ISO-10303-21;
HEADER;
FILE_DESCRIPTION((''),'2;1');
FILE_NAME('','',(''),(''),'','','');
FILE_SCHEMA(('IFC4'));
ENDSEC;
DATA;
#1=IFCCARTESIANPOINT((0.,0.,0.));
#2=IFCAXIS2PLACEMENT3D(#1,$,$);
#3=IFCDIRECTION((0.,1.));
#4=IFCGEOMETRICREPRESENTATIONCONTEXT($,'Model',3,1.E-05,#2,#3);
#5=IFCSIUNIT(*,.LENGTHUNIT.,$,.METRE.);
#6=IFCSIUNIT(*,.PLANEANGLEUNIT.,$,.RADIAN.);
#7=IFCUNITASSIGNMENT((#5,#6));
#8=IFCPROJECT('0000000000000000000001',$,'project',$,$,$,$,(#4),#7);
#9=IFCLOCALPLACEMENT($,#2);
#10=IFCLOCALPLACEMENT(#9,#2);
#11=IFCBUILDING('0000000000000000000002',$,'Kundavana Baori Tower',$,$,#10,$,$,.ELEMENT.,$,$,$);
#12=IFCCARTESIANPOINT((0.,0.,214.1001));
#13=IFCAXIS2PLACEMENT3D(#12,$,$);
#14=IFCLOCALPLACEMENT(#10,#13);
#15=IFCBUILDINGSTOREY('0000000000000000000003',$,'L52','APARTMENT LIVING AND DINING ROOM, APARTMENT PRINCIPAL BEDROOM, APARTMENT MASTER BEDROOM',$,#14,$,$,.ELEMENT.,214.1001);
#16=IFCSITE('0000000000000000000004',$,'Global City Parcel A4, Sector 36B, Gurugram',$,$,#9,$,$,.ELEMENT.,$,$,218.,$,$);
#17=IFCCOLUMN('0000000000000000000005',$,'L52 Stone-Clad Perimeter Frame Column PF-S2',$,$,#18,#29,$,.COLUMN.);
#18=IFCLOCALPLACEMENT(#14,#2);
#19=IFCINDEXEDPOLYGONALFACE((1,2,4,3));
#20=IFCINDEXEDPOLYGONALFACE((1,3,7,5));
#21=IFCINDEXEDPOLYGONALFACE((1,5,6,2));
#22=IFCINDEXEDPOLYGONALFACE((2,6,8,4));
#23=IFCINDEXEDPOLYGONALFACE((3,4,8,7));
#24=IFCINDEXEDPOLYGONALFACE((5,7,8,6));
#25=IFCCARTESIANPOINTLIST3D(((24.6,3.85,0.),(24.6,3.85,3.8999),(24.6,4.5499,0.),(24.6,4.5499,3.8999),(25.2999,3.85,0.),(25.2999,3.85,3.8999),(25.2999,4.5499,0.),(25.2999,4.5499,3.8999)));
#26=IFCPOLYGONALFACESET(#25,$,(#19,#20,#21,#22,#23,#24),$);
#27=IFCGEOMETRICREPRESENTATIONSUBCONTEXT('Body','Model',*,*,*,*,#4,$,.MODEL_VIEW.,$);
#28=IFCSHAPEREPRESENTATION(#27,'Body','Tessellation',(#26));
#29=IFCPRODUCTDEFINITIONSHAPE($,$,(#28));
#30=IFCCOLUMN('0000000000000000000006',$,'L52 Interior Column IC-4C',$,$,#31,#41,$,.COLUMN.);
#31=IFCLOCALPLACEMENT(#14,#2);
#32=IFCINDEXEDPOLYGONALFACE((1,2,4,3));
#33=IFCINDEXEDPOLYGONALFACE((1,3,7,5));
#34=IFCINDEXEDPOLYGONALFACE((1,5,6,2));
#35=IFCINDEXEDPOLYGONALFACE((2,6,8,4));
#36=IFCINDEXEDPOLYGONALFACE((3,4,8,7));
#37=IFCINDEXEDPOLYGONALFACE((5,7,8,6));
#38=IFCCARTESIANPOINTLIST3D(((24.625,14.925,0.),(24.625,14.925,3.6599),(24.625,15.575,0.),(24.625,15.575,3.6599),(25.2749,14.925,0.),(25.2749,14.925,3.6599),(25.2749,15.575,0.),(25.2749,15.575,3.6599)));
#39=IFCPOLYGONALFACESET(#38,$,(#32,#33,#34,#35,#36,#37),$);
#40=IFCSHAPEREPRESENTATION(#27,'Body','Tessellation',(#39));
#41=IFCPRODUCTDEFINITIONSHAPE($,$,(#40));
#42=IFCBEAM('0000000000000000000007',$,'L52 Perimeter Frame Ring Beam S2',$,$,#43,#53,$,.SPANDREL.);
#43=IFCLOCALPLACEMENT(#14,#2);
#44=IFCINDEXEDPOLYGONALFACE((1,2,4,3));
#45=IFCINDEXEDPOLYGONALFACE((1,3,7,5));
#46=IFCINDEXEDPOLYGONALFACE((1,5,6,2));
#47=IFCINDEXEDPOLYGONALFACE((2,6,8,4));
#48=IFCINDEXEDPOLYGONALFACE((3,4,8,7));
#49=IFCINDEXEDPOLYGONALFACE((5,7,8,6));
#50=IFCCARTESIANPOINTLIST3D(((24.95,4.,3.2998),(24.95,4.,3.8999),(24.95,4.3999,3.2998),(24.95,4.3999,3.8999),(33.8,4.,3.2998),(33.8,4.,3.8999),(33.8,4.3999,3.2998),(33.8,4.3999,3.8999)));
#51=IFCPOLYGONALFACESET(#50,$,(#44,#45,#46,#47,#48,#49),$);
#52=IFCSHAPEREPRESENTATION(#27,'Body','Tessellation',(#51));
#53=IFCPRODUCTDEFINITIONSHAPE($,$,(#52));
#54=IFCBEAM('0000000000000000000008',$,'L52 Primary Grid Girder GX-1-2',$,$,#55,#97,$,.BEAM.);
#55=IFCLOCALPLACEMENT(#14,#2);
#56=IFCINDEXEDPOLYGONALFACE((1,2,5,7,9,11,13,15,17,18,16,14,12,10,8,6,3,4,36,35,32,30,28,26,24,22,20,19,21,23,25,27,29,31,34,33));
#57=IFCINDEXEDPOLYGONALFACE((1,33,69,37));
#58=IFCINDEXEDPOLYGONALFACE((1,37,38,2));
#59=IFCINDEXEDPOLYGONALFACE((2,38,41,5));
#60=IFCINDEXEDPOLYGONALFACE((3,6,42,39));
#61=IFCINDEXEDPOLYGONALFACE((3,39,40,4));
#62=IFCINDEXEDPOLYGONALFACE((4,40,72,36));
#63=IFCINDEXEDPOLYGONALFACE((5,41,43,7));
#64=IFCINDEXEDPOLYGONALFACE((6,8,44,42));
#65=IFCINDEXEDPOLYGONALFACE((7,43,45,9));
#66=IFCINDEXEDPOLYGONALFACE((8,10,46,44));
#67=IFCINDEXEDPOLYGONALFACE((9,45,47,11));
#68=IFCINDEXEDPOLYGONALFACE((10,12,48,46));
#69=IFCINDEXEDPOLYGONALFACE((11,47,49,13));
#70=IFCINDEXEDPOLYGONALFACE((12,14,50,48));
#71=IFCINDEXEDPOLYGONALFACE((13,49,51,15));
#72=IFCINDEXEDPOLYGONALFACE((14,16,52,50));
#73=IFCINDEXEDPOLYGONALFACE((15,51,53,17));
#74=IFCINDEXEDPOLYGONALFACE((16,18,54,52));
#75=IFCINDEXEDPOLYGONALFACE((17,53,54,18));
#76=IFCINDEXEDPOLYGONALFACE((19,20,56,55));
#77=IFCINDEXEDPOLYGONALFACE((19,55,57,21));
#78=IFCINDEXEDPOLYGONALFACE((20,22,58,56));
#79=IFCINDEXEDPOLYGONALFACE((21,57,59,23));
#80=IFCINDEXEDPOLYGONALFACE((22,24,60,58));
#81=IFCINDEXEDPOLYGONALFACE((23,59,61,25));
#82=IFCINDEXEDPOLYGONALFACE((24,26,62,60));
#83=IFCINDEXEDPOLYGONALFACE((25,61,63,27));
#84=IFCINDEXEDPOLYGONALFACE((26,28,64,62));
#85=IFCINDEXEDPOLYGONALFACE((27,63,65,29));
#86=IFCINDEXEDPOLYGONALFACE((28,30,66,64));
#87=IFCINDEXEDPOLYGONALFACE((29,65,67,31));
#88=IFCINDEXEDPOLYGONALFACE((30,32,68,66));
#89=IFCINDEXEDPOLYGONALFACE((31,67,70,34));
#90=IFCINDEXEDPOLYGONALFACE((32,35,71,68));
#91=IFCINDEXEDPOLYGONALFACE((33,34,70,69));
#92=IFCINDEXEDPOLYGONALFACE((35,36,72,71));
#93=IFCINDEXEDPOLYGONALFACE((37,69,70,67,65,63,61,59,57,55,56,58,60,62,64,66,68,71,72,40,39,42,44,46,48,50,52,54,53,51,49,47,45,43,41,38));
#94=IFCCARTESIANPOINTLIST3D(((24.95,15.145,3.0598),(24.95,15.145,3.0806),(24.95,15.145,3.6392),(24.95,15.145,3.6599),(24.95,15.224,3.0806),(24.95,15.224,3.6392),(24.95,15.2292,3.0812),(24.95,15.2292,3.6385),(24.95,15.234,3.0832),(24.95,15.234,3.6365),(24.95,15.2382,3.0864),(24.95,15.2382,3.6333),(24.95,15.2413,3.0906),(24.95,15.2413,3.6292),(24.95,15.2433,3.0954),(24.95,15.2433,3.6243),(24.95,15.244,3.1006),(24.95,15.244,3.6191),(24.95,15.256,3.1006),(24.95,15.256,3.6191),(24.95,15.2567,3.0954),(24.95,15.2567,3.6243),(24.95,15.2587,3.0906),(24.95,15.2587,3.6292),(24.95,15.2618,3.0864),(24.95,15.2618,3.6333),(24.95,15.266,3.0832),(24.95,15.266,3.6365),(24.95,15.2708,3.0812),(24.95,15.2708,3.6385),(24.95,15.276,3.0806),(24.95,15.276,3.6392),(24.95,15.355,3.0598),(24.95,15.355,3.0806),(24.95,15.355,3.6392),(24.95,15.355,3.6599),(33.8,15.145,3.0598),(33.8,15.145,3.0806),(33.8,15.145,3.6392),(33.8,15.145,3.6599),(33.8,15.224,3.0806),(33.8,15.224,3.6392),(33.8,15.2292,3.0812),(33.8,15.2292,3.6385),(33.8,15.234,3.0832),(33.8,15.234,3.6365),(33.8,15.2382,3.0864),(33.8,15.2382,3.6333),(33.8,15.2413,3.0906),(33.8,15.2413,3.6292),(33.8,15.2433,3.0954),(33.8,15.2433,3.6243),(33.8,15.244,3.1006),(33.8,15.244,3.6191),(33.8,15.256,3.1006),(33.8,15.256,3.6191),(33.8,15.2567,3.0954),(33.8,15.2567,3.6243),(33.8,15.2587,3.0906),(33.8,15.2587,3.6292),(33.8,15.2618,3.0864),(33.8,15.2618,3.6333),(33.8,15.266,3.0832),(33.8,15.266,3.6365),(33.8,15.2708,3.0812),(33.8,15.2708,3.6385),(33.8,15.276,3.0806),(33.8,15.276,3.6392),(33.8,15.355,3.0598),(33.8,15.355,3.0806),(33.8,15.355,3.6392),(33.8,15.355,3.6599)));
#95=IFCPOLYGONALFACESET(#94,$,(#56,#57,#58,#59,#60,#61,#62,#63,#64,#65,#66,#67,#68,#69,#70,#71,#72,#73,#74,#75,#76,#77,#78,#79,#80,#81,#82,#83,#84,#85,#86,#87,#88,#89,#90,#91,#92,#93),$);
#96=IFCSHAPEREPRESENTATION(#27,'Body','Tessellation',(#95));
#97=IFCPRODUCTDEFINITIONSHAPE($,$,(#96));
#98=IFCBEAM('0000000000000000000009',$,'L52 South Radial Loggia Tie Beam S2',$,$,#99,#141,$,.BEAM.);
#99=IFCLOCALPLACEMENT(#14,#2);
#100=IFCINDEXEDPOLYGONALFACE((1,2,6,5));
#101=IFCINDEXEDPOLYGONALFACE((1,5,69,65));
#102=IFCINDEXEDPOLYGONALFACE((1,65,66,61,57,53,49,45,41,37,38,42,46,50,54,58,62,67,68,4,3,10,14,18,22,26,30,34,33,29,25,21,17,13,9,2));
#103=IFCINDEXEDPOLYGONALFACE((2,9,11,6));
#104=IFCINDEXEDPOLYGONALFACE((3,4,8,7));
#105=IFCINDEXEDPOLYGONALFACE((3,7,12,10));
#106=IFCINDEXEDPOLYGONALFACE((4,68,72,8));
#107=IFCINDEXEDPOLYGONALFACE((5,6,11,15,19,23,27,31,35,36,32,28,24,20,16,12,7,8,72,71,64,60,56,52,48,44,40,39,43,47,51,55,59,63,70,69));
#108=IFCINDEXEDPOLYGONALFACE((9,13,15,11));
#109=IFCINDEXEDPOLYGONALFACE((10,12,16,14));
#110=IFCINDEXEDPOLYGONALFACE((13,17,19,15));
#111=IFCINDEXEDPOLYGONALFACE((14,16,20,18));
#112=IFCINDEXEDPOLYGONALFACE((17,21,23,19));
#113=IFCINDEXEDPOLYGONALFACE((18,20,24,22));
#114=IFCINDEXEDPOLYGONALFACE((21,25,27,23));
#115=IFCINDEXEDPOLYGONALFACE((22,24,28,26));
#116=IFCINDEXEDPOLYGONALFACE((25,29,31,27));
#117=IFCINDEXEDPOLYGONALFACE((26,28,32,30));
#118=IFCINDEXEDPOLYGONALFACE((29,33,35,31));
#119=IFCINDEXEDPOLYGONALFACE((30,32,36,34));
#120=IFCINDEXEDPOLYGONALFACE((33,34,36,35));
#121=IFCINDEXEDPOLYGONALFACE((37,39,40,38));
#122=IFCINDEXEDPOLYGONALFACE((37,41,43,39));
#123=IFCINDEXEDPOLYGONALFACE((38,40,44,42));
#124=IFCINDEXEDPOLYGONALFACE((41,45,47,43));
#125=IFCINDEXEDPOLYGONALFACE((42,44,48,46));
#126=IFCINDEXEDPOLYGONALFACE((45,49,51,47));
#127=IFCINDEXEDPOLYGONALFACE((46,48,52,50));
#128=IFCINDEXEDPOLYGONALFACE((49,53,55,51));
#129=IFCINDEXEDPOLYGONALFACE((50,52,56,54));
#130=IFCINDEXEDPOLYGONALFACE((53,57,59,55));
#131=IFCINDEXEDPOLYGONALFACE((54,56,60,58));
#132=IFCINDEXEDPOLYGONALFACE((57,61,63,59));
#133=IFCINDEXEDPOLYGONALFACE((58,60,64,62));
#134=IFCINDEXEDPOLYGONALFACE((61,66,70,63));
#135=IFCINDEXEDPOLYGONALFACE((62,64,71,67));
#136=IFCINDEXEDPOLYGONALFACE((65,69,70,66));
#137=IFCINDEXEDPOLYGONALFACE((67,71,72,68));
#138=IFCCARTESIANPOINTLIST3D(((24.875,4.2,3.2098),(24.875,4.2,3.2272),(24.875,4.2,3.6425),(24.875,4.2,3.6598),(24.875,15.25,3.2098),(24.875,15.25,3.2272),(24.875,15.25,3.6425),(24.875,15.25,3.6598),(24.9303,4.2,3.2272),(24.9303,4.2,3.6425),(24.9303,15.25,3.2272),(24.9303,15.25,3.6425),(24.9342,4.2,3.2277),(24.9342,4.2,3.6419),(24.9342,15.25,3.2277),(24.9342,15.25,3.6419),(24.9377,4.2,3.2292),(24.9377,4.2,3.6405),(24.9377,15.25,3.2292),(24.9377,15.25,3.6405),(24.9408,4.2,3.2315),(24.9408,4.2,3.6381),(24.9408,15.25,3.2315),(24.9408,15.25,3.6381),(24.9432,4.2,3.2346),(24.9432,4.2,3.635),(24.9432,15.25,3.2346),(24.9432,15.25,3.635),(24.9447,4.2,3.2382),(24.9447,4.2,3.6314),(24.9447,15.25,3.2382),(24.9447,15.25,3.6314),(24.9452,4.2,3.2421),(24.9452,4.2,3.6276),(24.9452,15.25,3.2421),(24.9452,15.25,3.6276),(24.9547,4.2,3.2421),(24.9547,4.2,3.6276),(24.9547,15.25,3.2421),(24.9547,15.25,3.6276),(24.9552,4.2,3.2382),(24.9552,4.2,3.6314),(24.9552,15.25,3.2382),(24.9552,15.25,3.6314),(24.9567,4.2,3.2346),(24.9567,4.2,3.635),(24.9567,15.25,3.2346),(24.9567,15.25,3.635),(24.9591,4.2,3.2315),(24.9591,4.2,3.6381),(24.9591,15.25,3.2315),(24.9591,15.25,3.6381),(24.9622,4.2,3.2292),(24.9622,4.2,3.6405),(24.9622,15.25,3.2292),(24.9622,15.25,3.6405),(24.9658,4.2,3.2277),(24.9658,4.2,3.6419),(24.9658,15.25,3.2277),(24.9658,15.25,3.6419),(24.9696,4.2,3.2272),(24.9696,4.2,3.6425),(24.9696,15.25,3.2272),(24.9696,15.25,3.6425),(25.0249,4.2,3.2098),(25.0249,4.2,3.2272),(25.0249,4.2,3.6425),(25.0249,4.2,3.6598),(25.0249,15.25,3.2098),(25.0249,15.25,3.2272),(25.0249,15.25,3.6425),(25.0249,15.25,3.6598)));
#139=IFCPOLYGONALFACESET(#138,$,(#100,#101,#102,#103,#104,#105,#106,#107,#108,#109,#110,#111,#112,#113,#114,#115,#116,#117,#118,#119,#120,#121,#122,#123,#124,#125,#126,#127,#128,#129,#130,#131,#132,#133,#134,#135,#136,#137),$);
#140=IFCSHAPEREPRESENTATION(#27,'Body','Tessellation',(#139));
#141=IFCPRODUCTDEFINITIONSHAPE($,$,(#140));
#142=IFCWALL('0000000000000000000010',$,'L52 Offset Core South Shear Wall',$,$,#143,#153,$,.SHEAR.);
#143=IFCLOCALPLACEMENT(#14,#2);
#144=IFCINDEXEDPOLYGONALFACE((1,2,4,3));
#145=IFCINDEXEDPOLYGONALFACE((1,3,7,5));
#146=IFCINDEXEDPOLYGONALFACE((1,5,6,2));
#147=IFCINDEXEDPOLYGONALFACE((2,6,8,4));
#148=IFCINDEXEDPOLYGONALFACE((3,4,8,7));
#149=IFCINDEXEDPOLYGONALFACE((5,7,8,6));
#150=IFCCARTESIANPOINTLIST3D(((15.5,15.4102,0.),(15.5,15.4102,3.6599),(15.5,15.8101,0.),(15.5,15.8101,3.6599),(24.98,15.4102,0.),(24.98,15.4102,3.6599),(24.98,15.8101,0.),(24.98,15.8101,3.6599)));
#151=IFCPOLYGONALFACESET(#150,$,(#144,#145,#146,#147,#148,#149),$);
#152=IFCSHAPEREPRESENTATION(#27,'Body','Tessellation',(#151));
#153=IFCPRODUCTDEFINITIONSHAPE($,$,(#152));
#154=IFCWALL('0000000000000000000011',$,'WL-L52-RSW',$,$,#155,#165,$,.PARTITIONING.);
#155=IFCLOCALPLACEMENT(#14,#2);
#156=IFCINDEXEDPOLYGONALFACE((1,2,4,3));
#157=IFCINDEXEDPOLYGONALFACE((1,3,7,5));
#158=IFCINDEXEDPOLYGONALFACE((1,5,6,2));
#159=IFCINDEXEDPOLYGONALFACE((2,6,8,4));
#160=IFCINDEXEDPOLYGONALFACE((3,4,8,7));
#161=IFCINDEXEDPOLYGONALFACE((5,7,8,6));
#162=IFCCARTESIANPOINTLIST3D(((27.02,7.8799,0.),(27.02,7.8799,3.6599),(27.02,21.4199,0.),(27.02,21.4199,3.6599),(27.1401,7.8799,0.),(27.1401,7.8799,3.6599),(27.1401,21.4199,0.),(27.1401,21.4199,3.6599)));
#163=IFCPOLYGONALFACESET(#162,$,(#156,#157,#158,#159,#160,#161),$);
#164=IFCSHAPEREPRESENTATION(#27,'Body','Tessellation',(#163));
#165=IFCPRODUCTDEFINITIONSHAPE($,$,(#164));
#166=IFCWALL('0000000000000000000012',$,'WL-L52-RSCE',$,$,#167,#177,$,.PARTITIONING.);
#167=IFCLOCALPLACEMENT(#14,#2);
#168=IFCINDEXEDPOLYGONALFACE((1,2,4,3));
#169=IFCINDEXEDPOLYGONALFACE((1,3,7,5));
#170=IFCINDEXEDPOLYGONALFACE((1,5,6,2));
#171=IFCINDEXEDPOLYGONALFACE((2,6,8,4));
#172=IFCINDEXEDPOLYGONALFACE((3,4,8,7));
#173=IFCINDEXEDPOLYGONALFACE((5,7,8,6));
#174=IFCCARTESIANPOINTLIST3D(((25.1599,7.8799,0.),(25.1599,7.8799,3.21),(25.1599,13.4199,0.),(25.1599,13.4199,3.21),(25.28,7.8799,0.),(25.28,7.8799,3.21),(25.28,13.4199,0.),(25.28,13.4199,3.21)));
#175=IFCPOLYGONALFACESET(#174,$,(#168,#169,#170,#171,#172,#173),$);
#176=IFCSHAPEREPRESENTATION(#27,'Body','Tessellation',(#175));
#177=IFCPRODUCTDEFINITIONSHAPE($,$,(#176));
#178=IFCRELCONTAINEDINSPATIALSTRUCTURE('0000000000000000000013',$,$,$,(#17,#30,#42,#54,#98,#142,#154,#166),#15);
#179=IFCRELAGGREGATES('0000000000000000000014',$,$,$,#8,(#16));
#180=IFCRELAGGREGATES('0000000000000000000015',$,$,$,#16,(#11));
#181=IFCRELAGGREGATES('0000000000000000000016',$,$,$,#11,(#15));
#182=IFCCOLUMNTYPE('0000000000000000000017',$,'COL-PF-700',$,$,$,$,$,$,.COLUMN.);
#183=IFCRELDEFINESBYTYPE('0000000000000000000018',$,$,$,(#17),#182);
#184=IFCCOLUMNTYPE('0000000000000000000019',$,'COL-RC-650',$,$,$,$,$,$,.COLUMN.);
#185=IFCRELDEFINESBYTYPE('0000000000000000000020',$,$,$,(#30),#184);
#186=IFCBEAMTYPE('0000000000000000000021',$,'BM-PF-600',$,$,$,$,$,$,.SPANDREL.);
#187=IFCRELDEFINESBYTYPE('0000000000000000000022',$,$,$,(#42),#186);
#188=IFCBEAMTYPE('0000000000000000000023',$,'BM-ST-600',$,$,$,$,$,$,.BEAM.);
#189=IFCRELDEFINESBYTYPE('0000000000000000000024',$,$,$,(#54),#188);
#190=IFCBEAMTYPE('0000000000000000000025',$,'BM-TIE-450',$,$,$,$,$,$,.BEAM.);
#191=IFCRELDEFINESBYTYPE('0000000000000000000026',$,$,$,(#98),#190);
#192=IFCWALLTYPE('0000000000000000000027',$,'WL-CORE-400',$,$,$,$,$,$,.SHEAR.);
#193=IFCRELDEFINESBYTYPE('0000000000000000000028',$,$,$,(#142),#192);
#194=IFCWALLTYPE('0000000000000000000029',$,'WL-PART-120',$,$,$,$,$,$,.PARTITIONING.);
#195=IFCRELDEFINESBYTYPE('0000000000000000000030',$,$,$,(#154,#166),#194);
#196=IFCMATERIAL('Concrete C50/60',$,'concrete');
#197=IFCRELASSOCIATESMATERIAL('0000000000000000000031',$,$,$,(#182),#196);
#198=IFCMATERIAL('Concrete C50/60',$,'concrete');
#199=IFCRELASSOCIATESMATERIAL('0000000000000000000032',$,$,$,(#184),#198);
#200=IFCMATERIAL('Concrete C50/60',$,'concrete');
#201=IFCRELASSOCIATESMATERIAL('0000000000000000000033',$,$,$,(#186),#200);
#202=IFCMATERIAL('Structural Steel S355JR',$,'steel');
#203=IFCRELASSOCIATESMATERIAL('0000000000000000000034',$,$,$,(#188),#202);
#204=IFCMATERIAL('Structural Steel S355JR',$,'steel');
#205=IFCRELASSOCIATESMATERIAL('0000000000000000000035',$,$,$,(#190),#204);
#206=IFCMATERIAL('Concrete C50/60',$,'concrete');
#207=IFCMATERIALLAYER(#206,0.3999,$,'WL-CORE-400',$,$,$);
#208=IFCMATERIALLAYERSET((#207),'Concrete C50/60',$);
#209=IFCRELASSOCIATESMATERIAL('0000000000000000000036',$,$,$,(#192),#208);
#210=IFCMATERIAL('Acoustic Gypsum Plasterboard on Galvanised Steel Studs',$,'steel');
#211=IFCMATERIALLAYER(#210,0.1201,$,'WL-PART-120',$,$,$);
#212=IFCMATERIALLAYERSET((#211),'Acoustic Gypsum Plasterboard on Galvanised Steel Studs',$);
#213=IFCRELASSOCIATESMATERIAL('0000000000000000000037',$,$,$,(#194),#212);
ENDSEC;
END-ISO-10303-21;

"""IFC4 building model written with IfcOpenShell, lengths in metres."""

from ifc_helpers import new_model, si_unit, direction, frame, frame_2d, origin, origin_2d, place, context, subcontext, project, spatial, rectangle, i_section, extrude, material, layer, layer_set, material_profile, profile_set, type_object, element, save


model = new_model("IFC4")

# Units and contexts
model_context = context("Model", 3, precision=1e-05, world=origin(), true_north=direction((0.0, 1.0)))
body_context = subcontext(model_context, "Body", "Model", "MODEL_VIEW")
ifc_project = project(units=[si_unit("LENGTHUNIT", "METRE"), si_unit("PLANEANGLEUNIT", "RADIAN")], contexts=[model_context])

# Site, building, storey
site_placement = place(None, origin())
site = spatial("IfcSite", under=ifc_project, at=site_placement, Name="Global City Parcel A4, Sector 36B, Gurugram", CompositionType="ELEMENT", RefElevation=218.0)
building_placement = place(site_placement, origin())
building = spatial("IfcBuilding", under=site, at=building_placement, Name="Kundavana Baori Tower", CompositionType="ELEMENT")
storey_placement = place(building_placement, frame((0.0, 0.0, 214.1001)))
storey = spatial("IfcBuildingStorey", under=building, at=storey_placement, Name="L52", Description="APARTMENT LIVING AND DINING ROOM, APARTMENT PRINCIPAL BEDROOM, APARTMENT MASTER BEDROOM", CompositionType="ELEMENT", Elevation=214.1001)

# Columns
ifc_material_1 = material(Name="Concrete C50/60", Category="concrete")
ifc_material_profile_1 = material_profile(ifc_material_1, rectangle(XDim=0.7, YDim=0.7, at=origin_2d()), Name="RC PF 700x700")
ifc_profile_set_1 = profile_set([ifc_material_profile_1], Name="Concrete C50/60")
column_type_1 = type_object("IfcColumnType", Name="COL-PF-700", PredefinedType="COLUMN", material=ifc_profile_set_1)
column_1_placement = place(storey_placement, frame((24.95, 4.2, 0.0), z_axis=(0.0, 0.0, 1.0), x_axis=(1.0, 0.0, 0.0)))
element("IfcColumn", 1, at=column_1_placement, inside=storey, type_object=column_type_1, Name="L52 Stone-Clad Perimeter Frame Column PF-S2", PredefinedType="COLUMN", context=body_context, shape_type="SweptSolid", body=[
    extrude(rectangle(XDim=0.7, YDim=0.7, at=origin_2d()), origin(), (0.0, 0.0, 1.0), 3.8999),
])
ifc_material_2 = material(Name="Concrete C50/60", Category="concrete")
ifc_material_profile_2 = material_profile(ifc_material_2, rectangle(XDim=0.6499, YDim=0.6499, at=origin_2d()), Name="RC 650x650")
ifc_profile_set_2 = profile_set([ifc_material_profile_2], Name="Concrete C50/60")
column_type_2 = type_object("IfcColumnType", Name="COL-RC-650", PredefinedType="COLUMN", material=ifc_profile_set_2)
column_2_placement = place(storey_placement, frame((24.95, 15.25, 0.0), z_axis=(0.0, 0.0, 1.0), x_axis=(1.0, 0.0, 0.0)))
element("IfcColumn", 2, at=column_2_placement, inside=storey, type_object=column_type_2, Name="L52 Interior Column IC-4C", PredefinedType="COLUMN", context=body_context, shape_type="SweptSolid", body=[
    extrude(rectangle(XDim=0.6499, YDim=0.6499, at=origin_2d()), origin(), (0.0, 0.0, 1.0), 3.6599),
])

# Beams
ifc_material_3 = material(Name="Concrete C50/60", Category="concrete")
ifc_material_profile_3 = material_profile(ifc_material_3, rectangle(XDim=0.3999, YDim=0.6001, at=origin_2d()), Name="RC BM 400x600")
ifc_profile_set_3 = profile_set([ifc_material_profile_3], Name="Concrete C50/60")
beam_type_1 = type_object("IfcBeamType", Name="BM-PF-600", PredefinedType="SPANDREL", material=ifc_profile_set_3)
beam_1_placement = place(storey_placement, frame((24.95, 4.2, 3.5999), z_axis=(1.0, 0.0, 0.0), x_axis=(0.0, 1.0, 0.0)))
element("IfcBeam", 3, at=beam_1_placement, inside=storey, type_object=beam_type_1, Name="L52 Perimeter Frame Ring Beam S2", PredefinedType="SPANDREL", context=body_context, shape_type="SweptSolid", body=[
    extrude(rectangle(XDim=0.3999, YDim=0.6001, at=origin_2d()), origin(), (0.0, 0.0, 1.0), 8.8501),
])
ifc_material_4 = material(Name="Structural Steel S355JR", Category="steel")
ifc_material_profile_4 = material_profile(ifc_material_4, i_section(OverallWidth=0.21, OverallDepth=0.6001, WebThickness=0.012, FlangeThickness=0.0208, FilletRadius=0.02, at=origin_2d()), Name="ISMB 600")
ifc_profile_set_4 = profile_set([ifc_material_profile_4], Name="Structural Steel S355JR")
beam_type_2 = type_object("IfcBeamType", Name="BM-ST-600", PredefinedType="BEAM", material=ifc_profile_set_4)
beam_2_placement = place(storey_placement, frame((24.95, 15.25, 3.3599), z_axis=(1.0, 0.0, 0.0), x_axis=(0.0, 1.0, 0.0)))
element("IfcBeam", 4, at=beam_2_placement, inside=storey, type_object=beam_type_2, Name="L52 Primary Grid Girder GX-1-2", PredefinedType="BEAM", context=body_context, shape_type="SweptSolid", body=[
    extrude(i_section(OverallWidth=0.21, OverallDepth=0.6001, WebThickness=0.012, FlangeThickness=0.0208, FilletRadius=0.02, at=origin_2d()), origin(), (0.0, 0.0, 1.0), 8.8501),
])
ifc_material_5 = material(Name="Structural Steel S355JR", Category="steel")
ifc_material_profile_5 = material_profile(ifc_material_5, i_section(OverallWidth=0.1499, OverallDepth=0.45, WebThickness=0.0095, FlangeThickness=0.0173, FilletRadius=0.0149, at=origin_2d()), Name="ISMB 450")
ifc_profile_set_5 = profile_set([ifc_material_profile_5], Name="Structural Steel S355JR")
beam_type_3 = type_object("IfcBeamType", Name="BM-TIE-450", PredefinedType="BEAM", material=ifc_profile_set_5)
beam_3_placement = place(storey_placement, frame((24.95, 15.25, 3.4348), z_axis=(0.0, -1.0, 0.0), x_axis=(1.0, 0.0, 0.0)))
element("IfcBeam", 5, at=beam_3_placement, inside=storey, type_object=beam_type_3, Name="L52 South Radial Loggia Tie Beam S2", PredefinedType="BEAM", context=body_context, shape_type="SweptSolid", body=[
    extrude(i_section(OverallWidth=0.1499, OverallDepth=0.45, WebThickness=0.0095, FlangeThickness=0.0173, FilletRadius=0.0149, at=origin_2d()), origin(), (0.0, 0.0, 1.0), 11.05),
])

# Walls
ifc_material_6 = material(Name="Concrete C50/60", Category="concrete")
ifc_layer_1 = layer(ifc_material_6, 0.3999, Name="WL-CORE-400")
ifc_layer_set_1 = layer_set([ifc_layer_1], Name="Concrete C50/60")
wall_type_1 = type_object("IfcWallType", Name="WL-CORE-400", PredefinedType="SHEAR", material=ifc_layer_set_1)
wall_1_placement = place(storey_placement, frame((15.5, 15.6101, 0.0), z_axis=(0.0, 0.0, 1.0), x_axis=(1.0, 0.0, 0.0)))
element("IfcWall", 6, at=wall_1_placement, inside=storey, type_object=wall_type_1, Name="L52 Offset Core South Shear Wall", PredefinedType="SHEAR", context=body_context, shape_type="SweptSolid", body=[
    extrude(rectangle(XDim=9.48, YDim=0.3999, at=frame_2d((4.74, 0.0))), origin(), (0.0, 0.0, 1.0), 3.6599),
])
ifc_material_7 = material(Name="Acoustic Gypsum Plasterboard on Galvanised Steel Studs", Category="steel")
ifc_layer_2 = layer(ifc_material_7, 0.1201, Name="WL-PART-120")
ifc_layer_set_2 = layer_set([ifc_layer_2], Name="Acoustic Gypsum Plasterboard on Galvanised Steel Studs")
wall_type_2 = type_object("IfcWallType", Name="WL-PART-120", PredefinedType="PARTITIONING", material=ifc_layer_set_2)
wall_2_placement = place(storey_placement, frame((27.0801, 7.8799, 0.0), z_axis=(0.0, 0.0, 1.0), x_axis=(0.0, 1.0, 0.0)))
element("IfcWall", 7, at=wall_2_placement, inside=storey, type_object=wall_type_2, Name="WL-L52-RSW", PredefinedType="PARTITIONING", context=body_context, shape_type="SweptSolid", body=[
    extrude(rectangle(XDim=13.54, YDim=0.1201, at=frame_2d((6.77, 0.0))), origin(), (0.0, 0.0, 1.0), 3.6599),
])
wall_3_placement = place(storey_placement, frame((25.22, 7.8799, 0.0), z_axis=(0.0, 0.0, 1.0), x_axis=(0.0, 1.0, 0.0)))
element("IfcWall", 8, at=wall_3_placement, inside=storey, type_object=wall_type_2, Name="WL-L52-RSCE", PredefinedType="PARTITIONING", context=body_context, shape_type="SweptSolid", body=[
    extrude(rectangle(XDim=5.54, YDim=0.1201, at=frame_2d((2.77, 0.0))), origin(), (0.0, 0.0, 1.0), 3.21),
])

save(model, "model.ifc")
